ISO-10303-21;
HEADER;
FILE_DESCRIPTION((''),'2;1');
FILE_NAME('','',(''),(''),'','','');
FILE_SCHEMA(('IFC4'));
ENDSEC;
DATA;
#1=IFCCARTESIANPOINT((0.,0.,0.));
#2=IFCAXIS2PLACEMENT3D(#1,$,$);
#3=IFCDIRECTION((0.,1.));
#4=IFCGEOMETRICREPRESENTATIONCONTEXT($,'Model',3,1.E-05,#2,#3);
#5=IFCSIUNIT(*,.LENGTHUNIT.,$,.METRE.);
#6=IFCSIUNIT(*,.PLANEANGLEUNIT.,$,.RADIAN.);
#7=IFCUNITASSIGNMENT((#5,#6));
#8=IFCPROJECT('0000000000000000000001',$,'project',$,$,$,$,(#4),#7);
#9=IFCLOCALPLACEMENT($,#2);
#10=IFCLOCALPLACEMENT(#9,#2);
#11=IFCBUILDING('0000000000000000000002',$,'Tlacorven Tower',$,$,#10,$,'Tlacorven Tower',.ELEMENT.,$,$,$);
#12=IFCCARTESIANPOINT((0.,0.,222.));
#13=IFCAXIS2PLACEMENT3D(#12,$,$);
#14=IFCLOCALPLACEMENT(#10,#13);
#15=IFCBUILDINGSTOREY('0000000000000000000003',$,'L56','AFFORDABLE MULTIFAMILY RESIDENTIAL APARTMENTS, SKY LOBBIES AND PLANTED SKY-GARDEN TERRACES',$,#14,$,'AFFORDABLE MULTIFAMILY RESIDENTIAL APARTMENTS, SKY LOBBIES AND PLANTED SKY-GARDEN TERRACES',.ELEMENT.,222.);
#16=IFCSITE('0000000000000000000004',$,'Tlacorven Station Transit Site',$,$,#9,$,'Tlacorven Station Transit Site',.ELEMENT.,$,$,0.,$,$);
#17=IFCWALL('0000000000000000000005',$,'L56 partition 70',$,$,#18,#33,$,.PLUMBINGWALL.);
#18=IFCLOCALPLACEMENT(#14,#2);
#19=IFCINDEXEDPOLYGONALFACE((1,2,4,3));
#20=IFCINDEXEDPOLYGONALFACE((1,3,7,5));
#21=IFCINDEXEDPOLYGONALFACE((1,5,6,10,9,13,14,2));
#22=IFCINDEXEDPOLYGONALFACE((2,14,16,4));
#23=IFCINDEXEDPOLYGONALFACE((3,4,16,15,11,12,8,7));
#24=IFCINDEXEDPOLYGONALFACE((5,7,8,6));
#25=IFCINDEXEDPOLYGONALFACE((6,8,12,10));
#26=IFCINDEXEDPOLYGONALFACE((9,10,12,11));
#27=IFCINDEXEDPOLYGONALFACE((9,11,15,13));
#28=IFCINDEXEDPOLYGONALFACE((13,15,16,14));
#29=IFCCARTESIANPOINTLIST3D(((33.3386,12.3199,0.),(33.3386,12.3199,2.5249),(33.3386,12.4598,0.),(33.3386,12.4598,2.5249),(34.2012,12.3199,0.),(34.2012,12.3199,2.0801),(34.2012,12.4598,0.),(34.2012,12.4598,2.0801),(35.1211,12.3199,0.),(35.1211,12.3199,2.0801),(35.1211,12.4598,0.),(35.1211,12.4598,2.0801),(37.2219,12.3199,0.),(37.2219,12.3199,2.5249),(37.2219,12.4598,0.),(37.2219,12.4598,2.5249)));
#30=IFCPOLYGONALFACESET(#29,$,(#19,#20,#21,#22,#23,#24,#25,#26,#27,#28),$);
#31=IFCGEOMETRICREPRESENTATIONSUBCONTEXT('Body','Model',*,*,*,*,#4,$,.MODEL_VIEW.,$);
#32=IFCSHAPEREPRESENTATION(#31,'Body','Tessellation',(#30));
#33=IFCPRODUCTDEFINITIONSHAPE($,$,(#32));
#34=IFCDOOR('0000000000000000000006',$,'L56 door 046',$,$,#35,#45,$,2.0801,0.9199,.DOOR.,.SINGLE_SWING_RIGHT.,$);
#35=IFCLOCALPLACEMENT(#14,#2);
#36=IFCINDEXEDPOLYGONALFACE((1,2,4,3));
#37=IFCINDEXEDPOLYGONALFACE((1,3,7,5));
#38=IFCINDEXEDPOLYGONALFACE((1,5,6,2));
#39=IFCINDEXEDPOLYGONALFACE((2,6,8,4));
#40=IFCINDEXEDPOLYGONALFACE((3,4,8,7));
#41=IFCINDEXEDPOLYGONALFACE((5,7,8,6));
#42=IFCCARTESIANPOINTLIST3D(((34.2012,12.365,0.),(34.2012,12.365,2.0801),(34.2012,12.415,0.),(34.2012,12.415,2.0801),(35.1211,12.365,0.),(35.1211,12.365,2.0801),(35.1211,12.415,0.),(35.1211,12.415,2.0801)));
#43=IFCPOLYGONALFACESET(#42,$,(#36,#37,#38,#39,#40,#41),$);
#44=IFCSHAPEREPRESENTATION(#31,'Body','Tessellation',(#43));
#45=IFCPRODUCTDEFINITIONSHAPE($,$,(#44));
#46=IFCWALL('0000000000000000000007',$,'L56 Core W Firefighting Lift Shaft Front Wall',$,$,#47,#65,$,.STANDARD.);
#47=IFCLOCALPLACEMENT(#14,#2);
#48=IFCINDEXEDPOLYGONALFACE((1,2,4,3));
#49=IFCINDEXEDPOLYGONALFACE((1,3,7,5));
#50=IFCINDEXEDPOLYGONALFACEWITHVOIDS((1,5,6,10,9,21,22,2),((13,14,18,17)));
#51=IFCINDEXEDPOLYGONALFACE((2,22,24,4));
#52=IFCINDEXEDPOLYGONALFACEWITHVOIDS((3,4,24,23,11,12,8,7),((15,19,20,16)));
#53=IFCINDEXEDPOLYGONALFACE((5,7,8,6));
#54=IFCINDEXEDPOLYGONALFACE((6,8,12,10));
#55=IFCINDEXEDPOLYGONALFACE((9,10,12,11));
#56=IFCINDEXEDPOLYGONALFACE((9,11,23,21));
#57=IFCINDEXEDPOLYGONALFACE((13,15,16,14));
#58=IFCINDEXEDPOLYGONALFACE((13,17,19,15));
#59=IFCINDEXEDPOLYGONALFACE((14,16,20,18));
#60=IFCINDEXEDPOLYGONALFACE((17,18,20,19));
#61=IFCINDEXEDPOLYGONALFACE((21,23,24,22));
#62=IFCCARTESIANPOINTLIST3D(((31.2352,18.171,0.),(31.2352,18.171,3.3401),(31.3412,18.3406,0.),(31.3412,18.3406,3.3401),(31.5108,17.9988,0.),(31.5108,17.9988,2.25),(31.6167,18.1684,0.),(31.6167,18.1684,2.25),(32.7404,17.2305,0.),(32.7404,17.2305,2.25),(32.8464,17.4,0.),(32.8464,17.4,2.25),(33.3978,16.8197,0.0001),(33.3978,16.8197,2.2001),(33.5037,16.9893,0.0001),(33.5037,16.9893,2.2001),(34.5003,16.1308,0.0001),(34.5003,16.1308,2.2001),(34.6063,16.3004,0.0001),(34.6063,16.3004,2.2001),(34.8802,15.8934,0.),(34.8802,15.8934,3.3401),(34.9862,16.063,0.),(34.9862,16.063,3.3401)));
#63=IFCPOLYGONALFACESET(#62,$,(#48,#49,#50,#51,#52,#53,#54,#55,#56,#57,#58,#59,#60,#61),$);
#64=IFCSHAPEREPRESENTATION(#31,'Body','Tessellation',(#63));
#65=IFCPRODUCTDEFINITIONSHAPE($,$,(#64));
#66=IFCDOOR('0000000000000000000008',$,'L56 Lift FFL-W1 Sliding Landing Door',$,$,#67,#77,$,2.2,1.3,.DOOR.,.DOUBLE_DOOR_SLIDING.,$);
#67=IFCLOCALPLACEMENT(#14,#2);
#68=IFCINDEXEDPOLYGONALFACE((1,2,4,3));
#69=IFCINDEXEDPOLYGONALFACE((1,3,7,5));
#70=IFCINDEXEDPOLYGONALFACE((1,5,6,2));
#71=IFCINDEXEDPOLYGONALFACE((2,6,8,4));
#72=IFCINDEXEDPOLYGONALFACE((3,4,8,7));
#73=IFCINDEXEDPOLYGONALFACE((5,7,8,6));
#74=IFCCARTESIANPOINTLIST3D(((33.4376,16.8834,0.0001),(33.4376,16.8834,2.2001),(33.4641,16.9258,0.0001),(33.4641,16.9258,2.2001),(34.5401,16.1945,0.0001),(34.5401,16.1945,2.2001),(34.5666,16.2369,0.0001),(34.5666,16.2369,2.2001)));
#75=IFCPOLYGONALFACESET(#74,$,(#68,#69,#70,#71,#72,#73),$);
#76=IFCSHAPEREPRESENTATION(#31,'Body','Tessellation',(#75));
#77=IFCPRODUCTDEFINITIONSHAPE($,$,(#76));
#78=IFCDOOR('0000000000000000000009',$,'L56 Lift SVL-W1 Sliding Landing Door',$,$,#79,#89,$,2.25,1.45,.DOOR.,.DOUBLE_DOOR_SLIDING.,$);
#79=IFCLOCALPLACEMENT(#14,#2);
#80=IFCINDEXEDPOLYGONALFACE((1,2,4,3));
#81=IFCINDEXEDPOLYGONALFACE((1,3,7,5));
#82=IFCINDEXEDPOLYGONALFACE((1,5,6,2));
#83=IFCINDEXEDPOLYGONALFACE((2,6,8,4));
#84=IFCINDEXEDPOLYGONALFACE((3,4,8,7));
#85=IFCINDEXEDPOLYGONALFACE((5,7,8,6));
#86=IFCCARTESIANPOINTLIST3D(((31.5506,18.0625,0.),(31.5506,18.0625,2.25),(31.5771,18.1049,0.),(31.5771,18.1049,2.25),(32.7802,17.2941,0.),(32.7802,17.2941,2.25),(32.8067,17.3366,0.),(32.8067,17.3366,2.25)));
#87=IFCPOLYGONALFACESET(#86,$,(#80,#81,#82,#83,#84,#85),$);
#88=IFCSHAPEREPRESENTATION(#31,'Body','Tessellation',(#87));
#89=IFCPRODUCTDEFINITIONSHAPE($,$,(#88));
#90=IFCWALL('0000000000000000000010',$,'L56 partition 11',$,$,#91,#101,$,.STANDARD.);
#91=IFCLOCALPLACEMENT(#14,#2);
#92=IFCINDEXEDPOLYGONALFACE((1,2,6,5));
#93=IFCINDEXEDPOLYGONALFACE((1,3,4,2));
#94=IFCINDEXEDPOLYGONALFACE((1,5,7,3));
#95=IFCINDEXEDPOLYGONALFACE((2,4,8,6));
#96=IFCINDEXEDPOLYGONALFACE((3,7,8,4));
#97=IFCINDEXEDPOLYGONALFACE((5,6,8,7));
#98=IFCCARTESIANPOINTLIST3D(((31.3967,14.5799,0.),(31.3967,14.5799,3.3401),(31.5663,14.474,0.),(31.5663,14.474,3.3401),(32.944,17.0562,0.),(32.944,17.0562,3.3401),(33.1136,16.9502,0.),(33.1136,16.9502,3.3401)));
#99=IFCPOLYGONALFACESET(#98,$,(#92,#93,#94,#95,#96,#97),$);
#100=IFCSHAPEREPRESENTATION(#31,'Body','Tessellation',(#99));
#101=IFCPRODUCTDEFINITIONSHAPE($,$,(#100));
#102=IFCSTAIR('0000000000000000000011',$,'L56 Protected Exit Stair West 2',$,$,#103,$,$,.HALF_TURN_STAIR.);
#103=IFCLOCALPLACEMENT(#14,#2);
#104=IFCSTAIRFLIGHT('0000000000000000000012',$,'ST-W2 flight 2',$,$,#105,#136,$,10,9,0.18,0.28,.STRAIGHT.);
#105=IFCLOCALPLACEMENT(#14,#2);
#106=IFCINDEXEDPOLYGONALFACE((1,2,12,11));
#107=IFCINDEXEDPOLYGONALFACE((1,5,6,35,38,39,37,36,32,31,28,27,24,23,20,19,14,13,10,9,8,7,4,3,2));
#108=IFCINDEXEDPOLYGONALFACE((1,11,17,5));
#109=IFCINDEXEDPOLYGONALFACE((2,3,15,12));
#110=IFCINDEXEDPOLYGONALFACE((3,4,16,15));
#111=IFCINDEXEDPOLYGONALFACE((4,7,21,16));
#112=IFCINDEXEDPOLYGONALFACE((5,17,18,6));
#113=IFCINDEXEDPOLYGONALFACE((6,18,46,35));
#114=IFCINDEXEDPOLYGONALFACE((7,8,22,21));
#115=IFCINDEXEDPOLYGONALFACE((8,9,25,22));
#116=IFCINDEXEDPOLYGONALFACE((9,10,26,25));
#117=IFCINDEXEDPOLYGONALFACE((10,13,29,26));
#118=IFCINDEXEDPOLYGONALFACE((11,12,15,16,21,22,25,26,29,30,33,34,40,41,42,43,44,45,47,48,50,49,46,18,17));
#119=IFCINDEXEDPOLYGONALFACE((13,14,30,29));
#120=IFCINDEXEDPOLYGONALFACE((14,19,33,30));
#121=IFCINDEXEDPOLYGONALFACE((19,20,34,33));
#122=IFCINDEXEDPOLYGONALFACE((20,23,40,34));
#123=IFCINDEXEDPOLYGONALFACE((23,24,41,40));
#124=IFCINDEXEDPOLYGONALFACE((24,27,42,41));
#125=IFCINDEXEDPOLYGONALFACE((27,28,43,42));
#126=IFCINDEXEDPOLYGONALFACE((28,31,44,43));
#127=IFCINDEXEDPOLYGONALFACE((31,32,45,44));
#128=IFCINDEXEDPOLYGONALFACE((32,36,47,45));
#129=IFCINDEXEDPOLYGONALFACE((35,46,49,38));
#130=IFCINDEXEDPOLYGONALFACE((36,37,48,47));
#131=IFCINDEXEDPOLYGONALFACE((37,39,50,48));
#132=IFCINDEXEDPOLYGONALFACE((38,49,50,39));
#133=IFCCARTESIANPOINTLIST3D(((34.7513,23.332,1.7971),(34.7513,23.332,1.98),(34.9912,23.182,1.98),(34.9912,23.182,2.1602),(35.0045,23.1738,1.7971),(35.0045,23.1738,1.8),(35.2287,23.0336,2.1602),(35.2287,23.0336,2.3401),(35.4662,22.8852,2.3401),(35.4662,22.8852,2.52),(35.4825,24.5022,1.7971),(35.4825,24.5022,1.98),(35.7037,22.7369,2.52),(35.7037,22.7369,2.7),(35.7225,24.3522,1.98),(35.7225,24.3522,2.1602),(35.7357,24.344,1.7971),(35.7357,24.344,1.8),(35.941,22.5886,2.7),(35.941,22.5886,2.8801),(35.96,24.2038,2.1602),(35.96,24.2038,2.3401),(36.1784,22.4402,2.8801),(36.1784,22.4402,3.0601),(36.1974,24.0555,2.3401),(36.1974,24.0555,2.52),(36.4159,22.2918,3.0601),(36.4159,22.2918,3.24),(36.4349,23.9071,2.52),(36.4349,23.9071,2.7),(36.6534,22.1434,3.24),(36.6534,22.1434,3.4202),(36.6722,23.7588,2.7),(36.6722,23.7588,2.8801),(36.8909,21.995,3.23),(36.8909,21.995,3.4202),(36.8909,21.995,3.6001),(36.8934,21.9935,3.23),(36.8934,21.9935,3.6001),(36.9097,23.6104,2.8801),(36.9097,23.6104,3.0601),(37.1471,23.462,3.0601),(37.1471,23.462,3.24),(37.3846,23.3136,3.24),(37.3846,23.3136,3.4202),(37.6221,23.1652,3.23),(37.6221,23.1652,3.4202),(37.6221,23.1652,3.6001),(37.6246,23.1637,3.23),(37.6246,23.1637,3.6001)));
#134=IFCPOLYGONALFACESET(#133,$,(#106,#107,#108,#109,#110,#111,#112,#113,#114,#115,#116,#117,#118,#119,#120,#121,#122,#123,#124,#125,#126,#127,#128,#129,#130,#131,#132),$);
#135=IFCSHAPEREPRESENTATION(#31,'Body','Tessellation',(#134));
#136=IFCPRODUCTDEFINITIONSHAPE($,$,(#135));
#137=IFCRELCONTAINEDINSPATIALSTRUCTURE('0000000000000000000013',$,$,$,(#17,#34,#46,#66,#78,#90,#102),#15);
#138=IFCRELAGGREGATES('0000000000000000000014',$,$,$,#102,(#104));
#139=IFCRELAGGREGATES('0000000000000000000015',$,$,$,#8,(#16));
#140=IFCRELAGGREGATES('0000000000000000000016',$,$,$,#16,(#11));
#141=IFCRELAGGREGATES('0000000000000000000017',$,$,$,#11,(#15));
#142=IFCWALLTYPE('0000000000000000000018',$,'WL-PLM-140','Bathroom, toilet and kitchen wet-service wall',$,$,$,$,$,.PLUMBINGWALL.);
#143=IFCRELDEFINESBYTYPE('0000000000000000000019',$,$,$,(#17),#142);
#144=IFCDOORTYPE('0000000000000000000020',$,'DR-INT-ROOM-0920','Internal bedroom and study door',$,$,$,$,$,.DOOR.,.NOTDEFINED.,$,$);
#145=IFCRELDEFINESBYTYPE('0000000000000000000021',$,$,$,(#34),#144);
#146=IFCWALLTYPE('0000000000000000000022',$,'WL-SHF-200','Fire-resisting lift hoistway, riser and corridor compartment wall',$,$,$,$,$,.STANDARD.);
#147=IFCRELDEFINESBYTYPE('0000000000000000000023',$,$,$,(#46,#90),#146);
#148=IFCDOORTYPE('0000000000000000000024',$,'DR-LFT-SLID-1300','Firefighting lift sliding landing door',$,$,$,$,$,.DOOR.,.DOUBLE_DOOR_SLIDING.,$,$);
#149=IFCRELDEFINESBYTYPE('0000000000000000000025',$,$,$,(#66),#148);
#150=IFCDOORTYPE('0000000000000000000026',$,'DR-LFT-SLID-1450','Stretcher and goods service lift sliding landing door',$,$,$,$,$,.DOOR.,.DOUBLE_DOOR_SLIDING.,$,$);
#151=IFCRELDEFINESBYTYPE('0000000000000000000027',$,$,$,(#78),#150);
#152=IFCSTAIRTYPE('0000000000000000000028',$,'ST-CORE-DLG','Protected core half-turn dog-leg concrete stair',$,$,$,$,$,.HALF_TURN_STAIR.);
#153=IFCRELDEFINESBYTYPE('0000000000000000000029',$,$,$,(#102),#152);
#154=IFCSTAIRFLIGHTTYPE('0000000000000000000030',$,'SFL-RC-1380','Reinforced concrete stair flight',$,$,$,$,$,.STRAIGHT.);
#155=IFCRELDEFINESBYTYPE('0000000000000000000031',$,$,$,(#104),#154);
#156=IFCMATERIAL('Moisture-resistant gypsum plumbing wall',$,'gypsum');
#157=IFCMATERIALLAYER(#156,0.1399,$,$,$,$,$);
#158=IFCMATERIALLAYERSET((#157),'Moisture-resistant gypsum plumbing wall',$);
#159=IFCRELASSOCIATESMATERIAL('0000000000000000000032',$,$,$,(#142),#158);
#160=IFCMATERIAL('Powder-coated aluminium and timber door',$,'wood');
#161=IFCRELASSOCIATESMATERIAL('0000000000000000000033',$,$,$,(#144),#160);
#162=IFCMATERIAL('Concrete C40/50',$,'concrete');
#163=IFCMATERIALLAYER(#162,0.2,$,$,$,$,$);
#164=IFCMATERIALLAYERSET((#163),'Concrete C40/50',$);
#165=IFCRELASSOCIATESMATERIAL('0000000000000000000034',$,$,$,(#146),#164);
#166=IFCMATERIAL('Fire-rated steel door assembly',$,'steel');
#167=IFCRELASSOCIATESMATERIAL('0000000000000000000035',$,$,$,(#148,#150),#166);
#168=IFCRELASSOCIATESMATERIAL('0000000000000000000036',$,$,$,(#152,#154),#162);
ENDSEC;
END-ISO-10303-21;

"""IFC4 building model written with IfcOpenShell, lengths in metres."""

from ifc_helpers import new_model, si_unit, direction, frame, frame_2d, origin, place, context, subcontext, project, spatial, polyline, rectangle, outline, extrude, source, transform, mapped, material, layer, layer_set, type_object, element, fill, aggregate, save


model = new_model("IFC4")

# Units and contexts
model_context = context("Model", 3, precision=1e-05, world=origin(), true_north=direction((0.0, 1.0)))
body_context = subcontext(model_context, "Body", "Model", "MODEL_VIEW")
ifc_project = project(units=[si_unit("LENGTHUNIT", "METRE"), si_unit("PLANEANGLEUNIT", "RADIAN")], contexts=[model_context])

# Site, building, storey
site_placement = place(None, origin())
site = spatial("IfcSite", under=ifc_project, at=site_placement, Name="Tlacorven Station Transit Site", LongName="Tlacorven Station Transit Site", CompositionType="ELEMENT", RefElevation=0.0)
building_placement = place(site_placement, origin())
building = spatial("IfcBuilding", under=site, at=building_placement, Name="Tlacorven Tower", LongName="Tlacorven Tower", CompositionType="ELEMENT")
storey_placement = place(building_placement, frame((0.0, 0.0, 222.0)))
storey = spatial("IfcBuildingStorey", under=building, at=storey_placement, Name="L56", Description="AFFORDABLE MULTIFAMILY RESIDENTIAL APARTMENTS, SKY LOBBIES AND PLANTED SKY-GARDEN TERRACES", LongName="AFFORDABLE MULTIFAMILY RESIDENTIAL APARTMENTS, SKY LOBBIES AND PLANTED SKY-GARDEN TERRACES", CompositionType="ELEMENT", Elevation=222.0)

# Shared definitions
ifc_material_1 = material(Name="Powder-coated aluminium and timber door", Category="wood")

# Shared definitions
ifc_material_2 = material(Name="Moisture-resistant gypsum plumbing wall", Category="gypsum")
ifc_layer_1 = layer(ifc_material_2, 0.1399)
ifc_layer_set_1 = layer_set([ifc_layer_1], Name="Moisture-resistant gypsum plumbing wall")
wall_type_1 = type_object("IfcWallType", Name="WL-PLM-140", Description="Bathroom, toilet and kitchen wet-service wall", PredefinedType="PLUMBINGWALL", material=ifc_layer_set_1)

# Wall, opening, door
wall_1_placement = place(storey_placement, frame((33.3386, 12.3899, 0.0), z_axis=(0.0, 0.0, 1.0), x_axis=(1.0, 0.0, 0.0)))
wall_1 = element("IfcWall", 1, at=wall_1_placement, inside=storey, type_object=wall_type_1, Name="L56 partition 70", PredefinedType="PLUMBINGWALL", context=body_context, shape_type="SweptSolid", body=[
    extrude(rectangle(XDim=3.8833, YDim=0.1399, at=frame_2d((1.9417, 0.0))), origin(), (0.0, 0.0, 1.0), 2.5249),
])
opening_1_placement = place(wall_1_placement, frame((0.8625, 0.0, 0.0)))
opening_1 = element("IfcOpeningElement", 2, at=opening_1_placement, cuts=wall_1, PredefinedType="OPENING", context=body_context, shape_type="SweptSolid", body=[
    extrude(rectangle(XDim=0.9199, YDim=2.0801, at=frame_2d((0.46, 1.04))), frame((0.0, 0.0801, 0.0), z_axis=(0.0, -1.0, 0.0), x_axis=(1.0, 0.0, 0.0)), (0.0, 0.0, 1.0), 0.1599),
])
door_type_1 = type_object("IfcDoorType", Name="DR-INT-ROOM-0920", Description="Internal bedroom and study door", OperationType="NOTDEFINED", PredefinedType="DOOR", material=ifc_material_1)
shared_shape_1 = source(origin(), body_context, "Body", "SweptSolid", [
    extrude(rectangle(XDim=0.9199, YDim=2.0801, at=frame_2d((0.46, 1.04))), frame((0.0, 0.0249, 0.0), z_axis=(0.0, -1.0, 0.0), x_axis=(1.0, 0.0, 0.0)), (0.0, 0.0, 1.0), 0.05),
])
door_1_placement = place(opening_1_placement, frame((0.9199, 0.0, 0.0), z_axis=(0.0, 0.0, 1.0), x_axis=(-1.0, 0.0, 0.0)))
door_1 = element("IfcDoor", 3, at=door_1_placement, inside=storey, type_object=door_type_1, Name="L56 door 046", OperationType="SINGLE_SWING_RIGHT", OverallHeight=2.0801, OverallWidth=0.9199, PredefinedType="DOOR", context=body_context, shape_type="MappedRepresentation", body=[
    mapped(shared_shape_1, transform((0.0, 0.0, 0.0), scale=1.0)),
])
fill(opening_1, door_1)

# Wall, openings, doors
ifc_material_3 = material(Name="Concrete C40/50", Category="concrete")
ifc_layer_2 = layer(ifc_material_3, 0.2)
ifc_layer_set_2 = layer_set([ifc_layer_2], Name="Concrete C40/50")
wall_type_2 = type_object("IfcWallType", Name="WL-SHF-200", Description="Fire-resisting lift hoistway, riser and corridor compartment wall", PredefinedType="STANDARD", material=ifc_layer_set_2)
wall_2_placement = place(storey_placement, frame((34.9331, 15.9783, 0.0), z_axis=(0.0, 0.0, 1.0), x_axis=(-0.848056, 0.529907, 0.0)))
wall_2 = element("IfcWall", 4, at=wall_2_placement, inside=storey, type_object=wall_type_2, Name="L56 Core W Firefighting Lift Shaft Front Wall", PredefinedType="STANDARD", context=body_context, shape_type="SweptSolid", body=[
    extrude(rectangle(XDim=4.2981, YDim=0.2, at=frame_2d((2.1489, 0.0))), origin(), (0.0, 0.0, 1.0), 3.3401),
])
opening_2_placement = place(wall_2_placement, frame((0.448, 0.0, 0.0)))
opening_2 = element("IfcOpeningElement", 5, at=opening_2_placement, cuts=wall_2, PredefinedType="OPENING", context=body_context, shape_type="SweptSolid", body=[
    extrude(rectangle(XDim=1.3, YDim=2.2, at=frame_2d((0.6499, 1.1001))), frame((0.0, 0.1099, 0.0), z_axis=(0.0, -1.0, 0.0), x_axis=(1.0, 0.0, 0.0)), (0.0, 0.0, 1.0), 0.22),
])
opening_3_placement = place(wall_2_placement, frame((2.5229, 0.0, 0.0)))
opening_3 = element("IfcOpeningElement", 6, at=opening_3_placement, cuts=wall_2, PredefinedType="OPENING", context=body_context, shape_type="SweptSolid", body=[
    extrude(rectangle(XDim=1.45, YDim=2.25, at=frame_2d((0.7251, 1.125))), frame((0.0, 0.1099, 0.0), z_axis=(0.0, -1.0, 0.0), x_axis=(1.0, 0.0, 0.0)), (0.0, 0.0, 1.0), 0.22),
])
ifc_material_4 = material(Name="Fire-rated steel door assembly", Category="steel")
door_type_2 = type_object("IfcDoorType", Name="DR-LFT-SLID-1300", Description="Firefighting lift sliding landing door", OperationType="DOUBLE_DOOR_SLIDING", PredefinedType="DOOR", material=ifc_material_4)
shared_shape_2 = source(origin(), body_context, "Body", "SweptSolid", [
    extrude(rectangle(XDim=1.3, YDim=2.2, at=frame_2d((0.6499, 1.1001))), frame((0.0, 0.0249, 0.0), z_axis=(0.0, -1.0, 0.0), x_axis=(1.0, 0.0, 0.0)), (0.0, 0.0, 1.0), 0.05),
])
door_2_placement = place(opening_2_placement, origin())
door_2 = element("IfcDoor", 7, at=door_2_placement, inside=storey, type_object=door_type_2, Name="L56 Lift FFL-W1 Sliding Landing Door", OperationType="DOUBLE_DOOR_SLIDING", OverallHeight=2.2, OverallWidth=1.3, PredefinedType="DOOR", context=body_context, shape_type="MappedRepresentation", body=[
    mapped(shared_shape_2, transform((0.0, 0.0, 0.0), scale=1.0)),
])
fill(opening_2, door_2)
door_type_3 = type_object("IfcDoorType", Name="DR-LFT-SLID-1450", Description="Stretcher and goods service lift sliding landing door", OperationType="DOUBLE_DOOR_SLIDING", PredefinedType="DOOR", material=ifc_material_4)
shared_shape_3 = source(origin(), body_context, "Body", "SweptSolid", [
    extrude(rectangle(XDim=1.45, YDim=2.25, at=frame_2d((0.7251, 1.125))), frame((0.0, 0.0249, 0.0), z_axis=(0.0, -1.0, 0.0), x_axis=(1.0, 0.0, 0.0)), (0.0, 0.0, 1.0), 0.05),
])
door_3_placement = place(opening_3_placement, origin())
door_3 = element("IfcDoor", 8, at=door_3_placement, inside=storey, type_object=door_type_3, Name="L56 Lift SVL-W1 Sliding Landing Door", OperationType="DOUBLE_DOOR_SLIDING", OverallHeight=2.25, OverallWidth=1.45, PredefinedType="DOOR", context=body_context, shape_type="MappedRepresentation", body=[
    mapped(shared_shape_3, transform((0.0, 0.0, 0.0), scale=1.0)),
])
fill(opening_3, door_3)

# Wall
wall_3_placement = place(storey_placement, frame((33.0288, 17.0032, 0.0), z_axis=(0.0, 0.0, 1.0), x_axis=(-0.529916, -0.84805, 0.0)))
element("IfcWall", 9, at=wall_3_placement, inside=storey, type_object=wall_type_2, Name="L56 partition 11", PredefinedType="STANDARD", context=body_context, shape_type="SweptSolid", body=[
    extrude(rectangle(XDim=2.9199, YDim=0.2, at=frame_2d((1.46, 0.0))), origin(), (0.0, 0.0, 1.0), 3.3401),
])

# Stair, stair flight
stair_type = type_object("IfcStairType", Name="ST-CORE-DLG", Description="Protected core half-turn dog-leg concrete stair", PredefinedType="HALF_TURN_STAIR", material=ifc_material_3)
stair_placement = place(storey_placement, origin())
stair = element("IfcStair", 10, at=stair_placement, inside=storey, type_object=stair_type, Name="L56 Protected Exit Stair West 2", PredefinedType="HALF_TURN_STAIR")
stair_flight_type = type_object("IfcStairFlightType", Name="SFL-RC-1380", Description="Reinforced concrete stair flight", PredefinedType="STRAIGHT", material=ifc_material_3)
shared_shape_4 = source(origin(), body_context, "Body", "SweptSolid", [
    extrude(outline(polyline([(-0.0029, -0.0029), (-0.0029, 0.1799), (0.28, 0.1799), (0.28, 0.3601), (0.5601, 0.3601), (0.5601, 0.54), (0.8401, 0.54), (0.8401, 0.72), (1.1201, 0.72), (1.1201, 0.8999), (1.3999, 0.8999), (1.3999, 1.0801), (1.6799, 1.0801), (1.6799, 1.26), (1.96, 1.26), (1.96, 1.4399), (2.24, 1.4399), (2.24, 1.6201), (2.52, 1.6201), (2.52, 1.8), (2.5229, 1.8), (2.5229, 1.4299), (2.52, 1.4299), (0.2957, 0.0), (0.2957, -0.0029), (-0.0029, -0.0029)])), frame((0.0, 0.6899, 0.0), z_axis=(0.0, -1.0, 0.0), x_axis=(1.0, 0.0, 0.0)), (0.0, 0.0, 1.0), 1.3799),
])
stair_flight_placement = place(storey_placement, frame((35.1194, 23.9155, 1.8), z_axis=(0.0, 0.0, 1.0), x_axis=(0.848048, -0.529919, 0.0)))
stair_flight = element("IfcStairFlight", 11, at=stair_flight_placement, type_object=stair_flight_type, Name="ST-W2 flight 2", NumberOfRisers=10, NumberOfTreads=9, PredefinedType="STRAIGHT", RiserHeight=0.18, TreadLength=0.28, context=body_context, shape_type="MappedRepresentation", body=[
    mapped(shared_shape_4, transform((0.0, 0.0, 0.0), scale=1.0)),
])
aggregate(stair, [stair_flight])

save(model, "model.ifc")
